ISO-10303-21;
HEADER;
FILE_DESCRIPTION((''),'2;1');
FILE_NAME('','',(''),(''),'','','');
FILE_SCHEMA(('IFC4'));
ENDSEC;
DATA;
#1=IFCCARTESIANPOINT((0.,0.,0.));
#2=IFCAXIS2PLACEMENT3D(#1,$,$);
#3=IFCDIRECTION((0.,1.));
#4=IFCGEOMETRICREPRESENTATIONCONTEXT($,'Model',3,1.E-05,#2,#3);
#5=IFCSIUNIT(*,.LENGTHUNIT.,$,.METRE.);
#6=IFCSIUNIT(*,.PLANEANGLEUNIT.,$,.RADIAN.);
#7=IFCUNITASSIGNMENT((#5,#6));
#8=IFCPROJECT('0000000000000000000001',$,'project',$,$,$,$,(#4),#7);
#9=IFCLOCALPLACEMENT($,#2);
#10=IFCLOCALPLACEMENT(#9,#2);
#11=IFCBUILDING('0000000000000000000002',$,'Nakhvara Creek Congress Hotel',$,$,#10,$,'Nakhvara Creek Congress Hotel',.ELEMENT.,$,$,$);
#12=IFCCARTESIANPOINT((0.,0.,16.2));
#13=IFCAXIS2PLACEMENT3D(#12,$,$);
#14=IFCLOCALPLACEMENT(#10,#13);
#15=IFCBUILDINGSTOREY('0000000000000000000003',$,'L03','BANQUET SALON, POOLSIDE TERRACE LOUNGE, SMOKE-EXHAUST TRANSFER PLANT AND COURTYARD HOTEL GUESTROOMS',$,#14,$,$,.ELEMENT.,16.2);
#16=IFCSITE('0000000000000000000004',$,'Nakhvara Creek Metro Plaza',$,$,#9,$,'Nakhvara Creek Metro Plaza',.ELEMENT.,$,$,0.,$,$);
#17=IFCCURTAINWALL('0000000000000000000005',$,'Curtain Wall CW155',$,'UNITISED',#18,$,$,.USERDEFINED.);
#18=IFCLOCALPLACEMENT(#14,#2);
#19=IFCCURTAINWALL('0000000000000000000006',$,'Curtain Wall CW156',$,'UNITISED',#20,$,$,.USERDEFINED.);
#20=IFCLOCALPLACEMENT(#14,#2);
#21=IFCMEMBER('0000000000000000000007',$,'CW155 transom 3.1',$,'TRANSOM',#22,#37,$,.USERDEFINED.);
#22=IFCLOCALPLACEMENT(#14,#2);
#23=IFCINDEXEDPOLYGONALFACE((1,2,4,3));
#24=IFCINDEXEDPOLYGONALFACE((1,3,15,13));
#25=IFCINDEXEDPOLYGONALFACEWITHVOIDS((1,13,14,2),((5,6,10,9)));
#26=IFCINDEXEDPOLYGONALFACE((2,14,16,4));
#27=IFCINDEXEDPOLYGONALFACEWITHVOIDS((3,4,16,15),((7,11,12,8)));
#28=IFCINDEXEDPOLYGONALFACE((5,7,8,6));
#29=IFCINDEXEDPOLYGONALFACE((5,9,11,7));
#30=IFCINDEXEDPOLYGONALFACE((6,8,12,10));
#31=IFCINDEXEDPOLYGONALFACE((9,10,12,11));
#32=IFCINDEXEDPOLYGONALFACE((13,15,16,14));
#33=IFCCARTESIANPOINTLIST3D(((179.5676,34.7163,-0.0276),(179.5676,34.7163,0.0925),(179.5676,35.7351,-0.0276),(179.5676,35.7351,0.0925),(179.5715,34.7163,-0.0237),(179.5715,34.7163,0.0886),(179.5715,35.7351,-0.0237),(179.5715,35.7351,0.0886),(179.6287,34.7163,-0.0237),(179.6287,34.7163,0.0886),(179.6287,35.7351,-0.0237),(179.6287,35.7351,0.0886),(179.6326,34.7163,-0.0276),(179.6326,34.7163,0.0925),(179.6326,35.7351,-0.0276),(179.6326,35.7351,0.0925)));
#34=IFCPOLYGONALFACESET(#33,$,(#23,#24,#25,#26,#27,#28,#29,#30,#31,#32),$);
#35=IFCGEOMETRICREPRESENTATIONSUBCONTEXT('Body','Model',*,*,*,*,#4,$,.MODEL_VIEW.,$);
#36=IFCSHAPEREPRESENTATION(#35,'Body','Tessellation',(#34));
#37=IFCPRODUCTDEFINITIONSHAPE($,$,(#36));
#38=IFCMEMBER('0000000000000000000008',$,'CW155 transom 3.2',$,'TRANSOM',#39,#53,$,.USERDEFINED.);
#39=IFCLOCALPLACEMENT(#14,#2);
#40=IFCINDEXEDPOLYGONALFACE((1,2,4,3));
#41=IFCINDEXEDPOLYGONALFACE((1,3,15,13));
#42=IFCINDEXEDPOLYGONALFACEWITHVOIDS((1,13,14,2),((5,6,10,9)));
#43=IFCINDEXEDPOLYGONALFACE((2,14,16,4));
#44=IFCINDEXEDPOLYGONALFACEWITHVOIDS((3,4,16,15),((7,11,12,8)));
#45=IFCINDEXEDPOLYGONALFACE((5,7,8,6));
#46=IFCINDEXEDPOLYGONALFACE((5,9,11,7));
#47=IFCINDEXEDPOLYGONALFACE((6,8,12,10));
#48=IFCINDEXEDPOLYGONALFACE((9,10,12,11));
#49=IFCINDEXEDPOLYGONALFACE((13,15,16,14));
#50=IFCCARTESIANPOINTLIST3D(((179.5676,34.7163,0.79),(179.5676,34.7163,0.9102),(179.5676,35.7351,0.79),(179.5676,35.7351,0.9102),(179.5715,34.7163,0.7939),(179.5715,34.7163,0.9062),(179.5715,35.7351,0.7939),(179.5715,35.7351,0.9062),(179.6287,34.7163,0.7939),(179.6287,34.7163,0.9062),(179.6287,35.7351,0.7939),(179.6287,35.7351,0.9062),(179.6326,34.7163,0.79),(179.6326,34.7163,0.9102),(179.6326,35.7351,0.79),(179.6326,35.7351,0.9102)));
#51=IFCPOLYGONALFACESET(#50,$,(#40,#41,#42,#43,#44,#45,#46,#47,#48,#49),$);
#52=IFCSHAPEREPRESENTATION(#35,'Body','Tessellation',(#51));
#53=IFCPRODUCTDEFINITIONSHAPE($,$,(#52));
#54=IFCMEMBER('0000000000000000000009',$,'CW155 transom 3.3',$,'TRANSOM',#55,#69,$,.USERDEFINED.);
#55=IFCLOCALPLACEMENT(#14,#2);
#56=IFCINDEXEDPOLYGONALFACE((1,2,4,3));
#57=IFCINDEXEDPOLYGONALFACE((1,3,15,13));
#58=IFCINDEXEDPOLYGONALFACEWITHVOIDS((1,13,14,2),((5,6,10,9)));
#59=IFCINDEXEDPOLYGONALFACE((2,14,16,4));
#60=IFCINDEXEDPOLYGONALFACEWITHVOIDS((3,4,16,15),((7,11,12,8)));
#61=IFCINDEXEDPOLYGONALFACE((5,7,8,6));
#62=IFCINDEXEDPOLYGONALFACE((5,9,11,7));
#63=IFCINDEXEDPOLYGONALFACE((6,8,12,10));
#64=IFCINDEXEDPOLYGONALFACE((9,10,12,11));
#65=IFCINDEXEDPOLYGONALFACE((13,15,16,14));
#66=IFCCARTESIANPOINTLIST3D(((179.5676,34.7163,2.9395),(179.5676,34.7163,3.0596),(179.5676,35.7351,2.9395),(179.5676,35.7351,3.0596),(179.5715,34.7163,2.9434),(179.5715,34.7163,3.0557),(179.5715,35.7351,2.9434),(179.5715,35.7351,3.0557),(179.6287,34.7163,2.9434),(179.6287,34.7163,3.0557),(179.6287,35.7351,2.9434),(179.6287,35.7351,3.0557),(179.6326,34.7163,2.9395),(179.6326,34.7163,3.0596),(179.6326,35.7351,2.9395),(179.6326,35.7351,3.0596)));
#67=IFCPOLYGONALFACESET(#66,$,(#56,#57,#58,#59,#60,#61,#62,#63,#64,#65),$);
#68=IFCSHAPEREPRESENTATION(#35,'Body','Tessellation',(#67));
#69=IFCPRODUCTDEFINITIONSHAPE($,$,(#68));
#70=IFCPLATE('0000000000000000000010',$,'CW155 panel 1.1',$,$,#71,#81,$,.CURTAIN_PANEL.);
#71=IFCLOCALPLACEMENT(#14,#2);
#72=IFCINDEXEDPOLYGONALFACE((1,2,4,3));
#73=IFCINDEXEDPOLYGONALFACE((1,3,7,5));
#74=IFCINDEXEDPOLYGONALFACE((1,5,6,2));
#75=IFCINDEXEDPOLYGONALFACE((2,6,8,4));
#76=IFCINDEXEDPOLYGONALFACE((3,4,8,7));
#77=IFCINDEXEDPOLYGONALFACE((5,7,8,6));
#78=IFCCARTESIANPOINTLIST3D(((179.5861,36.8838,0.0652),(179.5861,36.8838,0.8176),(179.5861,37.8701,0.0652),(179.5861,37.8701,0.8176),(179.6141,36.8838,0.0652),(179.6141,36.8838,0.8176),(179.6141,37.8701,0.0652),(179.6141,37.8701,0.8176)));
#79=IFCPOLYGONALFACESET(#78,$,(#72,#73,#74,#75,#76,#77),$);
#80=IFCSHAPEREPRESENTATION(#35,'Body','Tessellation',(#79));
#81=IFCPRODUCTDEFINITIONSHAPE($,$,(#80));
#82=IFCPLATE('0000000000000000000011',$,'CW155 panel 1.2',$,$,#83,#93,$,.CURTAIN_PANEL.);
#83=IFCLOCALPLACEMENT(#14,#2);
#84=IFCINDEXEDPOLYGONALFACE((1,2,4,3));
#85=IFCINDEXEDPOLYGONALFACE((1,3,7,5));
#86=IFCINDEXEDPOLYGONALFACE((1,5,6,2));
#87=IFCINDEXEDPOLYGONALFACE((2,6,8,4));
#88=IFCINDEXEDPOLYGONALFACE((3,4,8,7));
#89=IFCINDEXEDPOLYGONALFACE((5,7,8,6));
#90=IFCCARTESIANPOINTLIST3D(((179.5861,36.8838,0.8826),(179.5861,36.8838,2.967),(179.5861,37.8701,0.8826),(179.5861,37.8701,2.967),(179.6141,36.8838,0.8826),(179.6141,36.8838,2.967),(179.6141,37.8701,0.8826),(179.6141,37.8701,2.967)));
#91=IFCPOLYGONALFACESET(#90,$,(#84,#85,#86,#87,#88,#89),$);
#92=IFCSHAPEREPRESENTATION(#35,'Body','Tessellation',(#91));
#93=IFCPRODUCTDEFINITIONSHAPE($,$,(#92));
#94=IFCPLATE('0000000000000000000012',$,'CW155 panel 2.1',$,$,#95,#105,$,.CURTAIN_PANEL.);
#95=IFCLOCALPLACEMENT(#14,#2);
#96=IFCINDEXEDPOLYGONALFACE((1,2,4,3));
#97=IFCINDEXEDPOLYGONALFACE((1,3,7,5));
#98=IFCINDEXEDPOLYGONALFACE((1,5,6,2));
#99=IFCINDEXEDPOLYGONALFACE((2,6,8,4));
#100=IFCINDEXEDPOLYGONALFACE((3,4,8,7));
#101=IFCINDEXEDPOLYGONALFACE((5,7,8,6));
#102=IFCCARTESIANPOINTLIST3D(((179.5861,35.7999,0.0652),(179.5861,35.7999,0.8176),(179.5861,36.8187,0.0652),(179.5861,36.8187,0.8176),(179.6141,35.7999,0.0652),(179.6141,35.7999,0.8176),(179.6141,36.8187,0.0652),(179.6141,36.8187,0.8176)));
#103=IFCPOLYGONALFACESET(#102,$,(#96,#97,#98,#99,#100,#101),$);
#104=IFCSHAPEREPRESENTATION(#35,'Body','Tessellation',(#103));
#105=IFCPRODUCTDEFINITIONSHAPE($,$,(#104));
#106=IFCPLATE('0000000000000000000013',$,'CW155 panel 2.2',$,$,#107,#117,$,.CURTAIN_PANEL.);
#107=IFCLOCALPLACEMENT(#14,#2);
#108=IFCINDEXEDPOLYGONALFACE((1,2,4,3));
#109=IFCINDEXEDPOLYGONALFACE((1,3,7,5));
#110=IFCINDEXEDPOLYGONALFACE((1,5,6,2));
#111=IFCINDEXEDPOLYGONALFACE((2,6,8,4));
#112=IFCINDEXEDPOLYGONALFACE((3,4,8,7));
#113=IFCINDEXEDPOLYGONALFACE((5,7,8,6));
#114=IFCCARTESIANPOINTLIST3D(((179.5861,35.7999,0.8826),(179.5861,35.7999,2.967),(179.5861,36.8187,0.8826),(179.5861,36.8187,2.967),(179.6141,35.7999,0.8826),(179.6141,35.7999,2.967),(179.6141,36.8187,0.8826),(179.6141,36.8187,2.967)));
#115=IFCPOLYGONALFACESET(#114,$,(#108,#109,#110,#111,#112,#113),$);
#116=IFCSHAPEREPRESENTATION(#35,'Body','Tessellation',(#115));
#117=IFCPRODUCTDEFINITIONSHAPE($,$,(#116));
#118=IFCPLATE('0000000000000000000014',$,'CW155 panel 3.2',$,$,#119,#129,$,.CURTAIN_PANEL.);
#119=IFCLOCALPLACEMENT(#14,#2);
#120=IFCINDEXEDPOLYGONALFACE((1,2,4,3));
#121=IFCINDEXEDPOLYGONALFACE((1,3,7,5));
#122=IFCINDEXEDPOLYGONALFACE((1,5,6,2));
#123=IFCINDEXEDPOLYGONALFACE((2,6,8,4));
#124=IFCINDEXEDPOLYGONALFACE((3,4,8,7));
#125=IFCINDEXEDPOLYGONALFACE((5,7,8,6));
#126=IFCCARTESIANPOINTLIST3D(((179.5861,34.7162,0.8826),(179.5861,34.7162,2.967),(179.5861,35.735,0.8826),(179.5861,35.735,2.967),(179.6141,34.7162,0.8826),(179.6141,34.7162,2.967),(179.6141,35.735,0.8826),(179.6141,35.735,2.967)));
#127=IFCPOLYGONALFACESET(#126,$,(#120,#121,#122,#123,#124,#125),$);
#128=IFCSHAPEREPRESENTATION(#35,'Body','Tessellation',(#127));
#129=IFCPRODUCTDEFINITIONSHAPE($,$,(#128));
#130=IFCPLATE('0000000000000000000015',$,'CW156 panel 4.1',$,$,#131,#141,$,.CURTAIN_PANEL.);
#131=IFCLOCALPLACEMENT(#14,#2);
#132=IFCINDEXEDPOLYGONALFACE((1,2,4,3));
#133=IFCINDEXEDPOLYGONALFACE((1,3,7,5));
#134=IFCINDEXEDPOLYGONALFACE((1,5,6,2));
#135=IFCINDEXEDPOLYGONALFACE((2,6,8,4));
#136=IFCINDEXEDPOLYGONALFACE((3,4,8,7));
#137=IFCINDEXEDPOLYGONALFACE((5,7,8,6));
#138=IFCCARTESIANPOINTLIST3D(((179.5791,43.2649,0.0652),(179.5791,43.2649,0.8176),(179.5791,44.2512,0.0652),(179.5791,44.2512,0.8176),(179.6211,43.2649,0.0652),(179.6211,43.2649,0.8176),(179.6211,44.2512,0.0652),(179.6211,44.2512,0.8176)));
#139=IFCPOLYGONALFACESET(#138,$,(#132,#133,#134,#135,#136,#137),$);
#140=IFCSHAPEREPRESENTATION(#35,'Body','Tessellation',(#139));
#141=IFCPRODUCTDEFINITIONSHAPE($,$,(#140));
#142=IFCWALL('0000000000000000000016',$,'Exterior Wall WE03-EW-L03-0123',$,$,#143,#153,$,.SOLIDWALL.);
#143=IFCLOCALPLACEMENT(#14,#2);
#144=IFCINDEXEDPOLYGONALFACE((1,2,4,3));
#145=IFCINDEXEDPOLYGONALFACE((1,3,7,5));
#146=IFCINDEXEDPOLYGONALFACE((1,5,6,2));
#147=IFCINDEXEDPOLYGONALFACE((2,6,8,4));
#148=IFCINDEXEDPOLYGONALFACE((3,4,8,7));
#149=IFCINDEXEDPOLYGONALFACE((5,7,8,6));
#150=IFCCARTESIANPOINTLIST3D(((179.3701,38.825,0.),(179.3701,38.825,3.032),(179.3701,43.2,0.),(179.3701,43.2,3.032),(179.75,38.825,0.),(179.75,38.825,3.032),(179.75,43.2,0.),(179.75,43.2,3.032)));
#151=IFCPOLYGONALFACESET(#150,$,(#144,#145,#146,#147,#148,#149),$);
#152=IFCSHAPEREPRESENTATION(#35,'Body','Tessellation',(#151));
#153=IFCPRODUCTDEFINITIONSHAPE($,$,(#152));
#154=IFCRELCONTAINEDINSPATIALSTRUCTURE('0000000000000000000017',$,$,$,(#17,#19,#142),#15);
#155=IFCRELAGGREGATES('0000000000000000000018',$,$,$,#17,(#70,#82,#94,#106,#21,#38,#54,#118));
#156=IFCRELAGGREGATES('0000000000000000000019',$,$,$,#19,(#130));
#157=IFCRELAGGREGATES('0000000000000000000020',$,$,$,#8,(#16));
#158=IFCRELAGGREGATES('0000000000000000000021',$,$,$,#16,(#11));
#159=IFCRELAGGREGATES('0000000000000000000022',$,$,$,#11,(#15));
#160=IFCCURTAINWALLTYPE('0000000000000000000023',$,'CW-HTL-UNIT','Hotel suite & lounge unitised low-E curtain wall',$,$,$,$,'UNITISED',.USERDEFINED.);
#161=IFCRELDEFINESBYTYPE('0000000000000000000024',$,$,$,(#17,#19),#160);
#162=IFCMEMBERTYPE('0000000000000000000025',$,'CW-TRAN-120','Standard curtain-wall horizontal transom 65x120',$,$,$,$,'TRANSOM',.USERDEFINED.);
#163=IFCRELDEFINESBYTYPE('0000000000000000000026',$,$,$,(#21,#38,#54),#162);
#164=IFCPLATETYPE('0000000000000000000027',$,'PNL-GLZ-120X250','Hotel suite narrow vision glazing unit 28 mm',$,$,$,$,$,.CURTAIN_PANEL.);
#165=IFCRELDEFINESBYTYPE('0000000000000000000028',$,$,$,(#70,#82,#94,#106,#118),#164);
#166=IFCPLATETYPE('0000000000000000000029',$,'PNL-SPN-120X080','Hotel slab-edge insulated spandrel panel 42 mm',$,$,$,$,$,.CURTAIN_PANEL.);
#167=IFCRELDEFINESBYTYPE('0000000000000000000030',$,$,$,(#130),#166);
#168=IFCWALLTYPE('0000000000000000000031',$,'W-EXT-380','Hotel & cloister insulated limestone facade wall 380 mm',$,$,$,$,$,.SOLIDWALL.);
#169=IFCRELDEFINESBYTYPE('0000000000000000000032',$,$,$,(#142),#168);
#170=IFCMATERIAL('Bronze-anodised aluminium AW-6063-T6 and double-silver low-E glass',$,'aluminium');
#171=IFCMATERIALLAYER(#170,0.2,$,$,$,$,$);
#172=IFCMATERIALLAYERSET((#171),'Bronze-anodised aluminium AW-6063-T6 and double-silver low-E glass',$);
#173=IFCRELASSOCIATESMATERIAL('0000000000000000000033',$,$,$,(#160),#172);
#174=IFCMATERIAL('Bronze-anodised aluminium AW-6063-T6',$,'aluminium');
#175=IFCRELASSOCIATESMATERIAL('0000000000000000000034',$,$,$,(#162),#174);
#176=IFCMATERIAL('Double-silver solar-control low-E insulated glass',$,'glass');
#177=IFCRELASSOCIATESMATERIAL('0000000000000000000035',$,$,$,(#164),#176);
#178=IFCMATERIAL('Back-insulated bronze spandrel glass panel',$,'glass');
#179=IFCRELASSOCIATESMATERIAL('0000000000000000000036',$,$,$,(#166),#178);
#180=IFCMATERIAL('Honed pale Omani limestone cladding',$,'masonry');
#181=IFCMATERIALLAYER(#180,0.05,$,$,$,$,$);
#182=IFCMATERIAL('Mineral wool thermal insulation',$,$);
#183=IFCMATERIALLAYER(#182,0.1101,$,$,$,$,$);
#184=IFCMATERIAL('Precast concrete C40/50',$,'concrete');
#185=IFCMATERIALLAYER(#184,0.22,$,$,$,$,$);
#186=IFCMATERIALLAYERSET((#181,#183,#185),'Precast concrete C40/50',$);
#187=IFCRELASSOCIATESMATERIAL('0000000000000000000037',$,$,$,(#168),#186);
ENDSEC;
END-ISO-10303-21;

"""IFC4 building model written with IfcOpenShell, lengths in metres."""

from ifc_helpers import new_model, si_unit, direction, frame, frame_2d, origin, origin_2d, place, context, subcontext, project, spatial, rectangle, hollow_rectangle, extrude, material, layer, layer_set, material_profile, profile_set, type_object, element, aggregate, save


model = new_model("IFC4")

# Units and contexts
model_context = context("Model", 3, precision=1e-05, world=origin(), true_north=direction((0.0, 1.0)))
body_context = subcontext(model_context, "Body", "Model", "MODEL_VIEW")
ifc_project = project(units=[si_unit("LENGTHUNIT", "METRE"), si_unit("PLANEANGLEUNIT", "RADIAN")], contexts=[model_context])

# Site, building, storey
site_placement = place(None, origin())
site = spatial("IfcSite", under=ifc_project, at=site_placement, Name="Nakhvara Creek Metro Plaza", LongName="Nakhvara Creek Metro Plaza", CompositionType="ELEMENT", RefElevation=0.0)
building_placement = place(site_placement, origin())
building = spatial("IfcBuilding", under=site, at=building_placement, Name="Nakhvara Creek Congress Hotel", LongName="Nakhvara Creek Congress Hotel", CompositionType="ELEMENT")
storey_placement = place(building_placement, frame((0.0, 0.0, 16.2)))
storey = spatial("IfcBuildingStorey", under=building, at=storey_placement, Name="L03", Description="BANQUET SALON, POOLSIDE TERRACE LOUNGE, SMOKE-EXHAUST TRANSFER PLANT AND COURTYARD HOTEL GUESTROOMS", CompositionType="ELEMENT", Elevation=16.2)

# Curtain wall
ifc_material_1 = material(Name="Bronze-anodised aluminium AW-6063-T6 and double-silver low-E glass", Category="aluminium")
ifc_layer_1 = layer(ifc_material_1, 0.2)
ifc_layer_set_1 = layer_set([ifc_layer_1], Name="Bronze-anodised aluminium AW-6063-T6 and double-silver low-E glass")
curtain_wall_type = type_object("IfcCurtainWallType", Name="CW-HTL-UNIT", Description="Hotel suite & lounge unitised low-E curtain wall", ElementType="UNITISED", PredefinedType="USERDEFINED", material=ifc_layer_set_1)
curtain_wall_1_placement = place(storey_placement, origin())
curtain_wall_1 = element("IfcCurtainWall", 1, at=curtain_wall_1_placement, inside=storey, type_object=curtain_wall_type, Name="Curtain Wall CW155", ObjectType="UNITISED", PredefinedType="USERDEFINED")
ifc_material_2 = material(Name="Bronze-anodised aluminium AW-6063-T6", Category="aluminium")

# Curtain wall
curtain_wall_2_placement = place(storey_placement, origin())
curtain_wall_2 = element("IfcCurtainWall", 2, at=curtain_wall_2_placement, inside=storey, type_object=curtain_wall_type, Name="Curtain Wall CW156", ObjectType="UNITISED", PredefinedType="USERDEFINED")

# Members
ifc_material_profile_1 = material_profile(ifc_material_2, hollow_rectangle(XDim=0.0649, YDim=0.1201, WallThickness=0.0039, at=origin_2d()), Name="ALU-TRAN 65x120x4", Category="LoadBearing")
ifc_profile_set_1 = profile_set([ifc_material_profile_1], Name="Bronze-anodised aluminium AW-6063-T6")
member_type_1 = type_object("IfcMemberType", Name="CW-TRAN-120", Description="Standard curtain-wall horizontal transom 65x120", ElementType="TRANSOM", PredefinedType="USERDEFINED", material=ifc_profile_set_1)
member_1_placement = place(storey_placement, frame((179.6001, 35.7351, 0.0325), z_axis=(0.0, -1.0, 0.0), x_axis=(1.0, 0.0, 0.0)))
member_1 = element("IfcMember", 3, at=member_1_placement, type_object=member_type_1, Name="CW155 transom 3.1", ObjectType="TRANSOM", PredefinedType="USERDEFINED", context=body_context, shape_type="SweptSolid", body=[
    extrude(hollow_rectangle(XDim=0.0649, YDim=0.1201, WallThickness=0.0039, at=origin_2d()), origin(), (0.0, 0.0, 1.0), 1.0188),
])
member_2_placement = place(storey_placement, frame((179.6001, 35.7351, 0.8501), z_axis=(0.0, -1.0, 0.0), x_axis=(1.0, 0.0, 0.0)))
member_2 = element("IfcMember", 4, at=member_2_placement, type_object=member_type_1, Name="CW155 transom 3.2", ObjectType="TRANSOM", PredefinedType="USERDEFINED", context=body_context, shape_type="SweptSolid", body=[
    extrude(hollow_rectangle(XDim=0.0649, YDim=0.1201, WallThickness=0.0039, at=origin_2d()), origin(), (0.0, 0.0, 1.0), 1.0188),
])
member_3_placement = place(storey_placement, frame((179.6001, 35.7351, 2.9995), z_axis=(0.0, -1.0, 0.0), x_axis=(1.0, 0.0, 0.0)))
member_3 = element("IfcMember", 5, at=member_3_placement, type_object=member_type_1, Name="CW155 transom 3.3", ObjectType="TRANSOM", PredefinedType="USERDEFINED", context=body_context, shape_type="SweptSolid", body=[
    extrude(hollow_rectangle(XDim=0.0649, YDim=0.1201, WallThickness=0.0039, at=origin_2d()), origin(), (0.0, 0.0, 1.0), 1.0188),
])

# Plates
ifc_material_3 = material(Name="Double-silver solar-control low-E insulated glass", Category="glass")
plate_type_1 = type_object("IfcPlateType", Name="PNL-GLZ-120X250", Description="Hotel suite narrow vision glazing unit 28 mm", PredefinedType="CURTAIN_PANEL", material=ifc_material_3)
plate_1_placement = place(storey_placement, frame((179.6001, 37.377, 0.0652), z_axis=(0.0, 0.0, 1.0), x_axis=(0.0, -1.0, 0.0)))
plate_1 = element("IfcPlate", 6, at=plate_1_placement, type_object=plate_type_1, Name="CW155 panel 1.1", PredefinedType="CURTAIN_PANEL", context=body_context, shape_type="SweptSolid", body=[
    extrude(rectangle(XDim=0.9863, YDim=0.0281, at=origin_2d()), origin(), (0.0, 0.0, 1.0), 0.7524),
])
plate_2_placement = place(storey_placement, frame((179.6001, 37.377, 0.8826), z_axis=(0.0, 0.0, 1.0), x_axis=(0.0, -1.0, 0.0)))
plate_2 = element("IfcPlate", 7, at=plate_2_placement, type_object=plate_type_1, Name="CW155 panel 1.2", PredefinedType="CURTAIN_PANEL", context=body_context, shape_type="SweptSolid", body=[
    extrude(rectangle(XDim=0.9863, YDim=0.0281, at=origin_2d()), origin(), (0.0, 0.0, 1.0), 2.0845),
])
plate_3_placement = place(storey_placement, frame((179.6001, 36.3093, 0.0652), z_axis=(0.0, 0.0, 1.0), x_axis=(0.0, -1.0, 0.0)))
plate_3 = element("IfcPlate", 8, at=plate_3_placement, type_object=plate_type_1, Name="CW155 panel 2.1", PredefinedType="CURTAIN_PANEL", context=body_context, shape_type="SweptSolid", body=[
    extrude(rectangle(XDim=1.0188, YDim=0.0281, at=origin_2d()), origin(), (0.0, 0.0, 1.0), 0.7524),
])
plate_4_placement = place(storey_placement, frame((179.6001, 36.3093, 0.8826), z_axis=(0.0, 0.0, 1.0), x_axis=(0.0, -1.0, 0.0)))
plate_4 = element("IfcPlate", 9, at=plate_4_placement, type_object=plate_type_1, Name="CW155 panel 2.2", PredefinedType="CURTAIN_PANEL", context=body_context, shape_type="SweptSolid", body=[
    extrude(rectangle(XDim=1.0188, YDim=0.0281, at=origin_2d()), origin(), (0.0, 0.0, 1.0), 2.0845),
])
plate_5_placement = place(storey_placement, frame((179.6001, 35.2256, 0.8826), z_axis=(0.0, 0.0, 1.0), x_axis=(0.0, -1.0, 0.0)))
plate_5 = element("IfcPlate", 10, at=plate_5_placement, type_object=plate_type_1, Name="CW155 panel 3.2", PredefinedType="CURTAIN_PANEL", context=body_context, shape_type="SweptSolid", body=[
    extrude(rectangle(XDim=1.0188, YDim=0.0281, at=origin_2d()), origin(), (0.0, 0.0, 1.0), 2.0845),
])
aggregate(curtain_wall_1, [plate_1, plate_2, plate_3, plate_4, member_1, member_2, member_3, plate_5])
ifc_material_4 = material(Name="Back-insulated bronze spandrel glass panel", Category="glass")
plate_type_2 = type_object("IfcPlateType", Name="PNL-SPN-120X080", Description="Hotel slab-edge insulated spandrel panel 42 mm", PredefinedType="CURTAIN_PANEL", material=ifc_material_4)
plate_6_placement = place(storey_placement, frame((179.6001, 43.7581, 0.0652), z_axis=(0.0, 0.0, 1.0), x_axis=(0.0, -1.0, 0.0)))
plate_6 = element("IfcPlate", 11, at=plate_6_placement, type_object=plate_type_2, Name="CW156 panel 4.1", PredefinedType="CURTAIN_PANEL", context=body_context, shape_type="SweptSolid", body=[
    extrude(rectangle(XDim=0.9863, YDim=0.042, at=origin_2d()), origin(), (0.0, 0.0, 1.0), 0.7524),
])
aggregate(curtain_wall_2, [plate_6])

# Wall
ifc_material_5 = material(Name="Honed pale Omani limestone cladding", Category="masonry")
ifc_layer_2 = layer(ifc_material_5, 0.05)
ifc_material_6 = material(Name="Mineral wool thermal insulation")
ifc_layer_3 = layer(ifc_material_6, 0.1101)
ifc_material_7 = material(Name="Precast concrete C40/50", Category="concrete")
ifc_layer_4 = layer(ifc_material_7, 0.22)
ifc_layer_set_2 = layer_set([ifc_layer_2, ifc_layer_3, ifc_layer_4], Name="Precast concrete C40/50")
wall_type = type_object("IfcWallType", Name="W-EXT-380", Description="Hotel & cloister insulated limestone facade wall 380 mm", PredefinedType="SOLIDWALL", material=ifc_layer_set_2)
wall_placement = place(storey_placement, frame((179.5601, 43.2, 0.0), z_axis=(0.0, 0.0, 1.0), x_axis=(0.0, -1.0, 0.0)))
element("IfcWall", 12, at=wall_placement, inside=storey, type_object=wall_type, Name="Exterior Wall WE03-EW-L03-0123", PredefinedType="SOLIDWALL", context=body_context, shape_type="SweptSolid", body=[
    extrude(rectangle(XDim=4.375, YDim=0.3799, at=frame_2d((2.1875, 0.0))), origin(), (0.0, 0.0, 1.0), 3.032),
])

save(model, "model.ifc")
